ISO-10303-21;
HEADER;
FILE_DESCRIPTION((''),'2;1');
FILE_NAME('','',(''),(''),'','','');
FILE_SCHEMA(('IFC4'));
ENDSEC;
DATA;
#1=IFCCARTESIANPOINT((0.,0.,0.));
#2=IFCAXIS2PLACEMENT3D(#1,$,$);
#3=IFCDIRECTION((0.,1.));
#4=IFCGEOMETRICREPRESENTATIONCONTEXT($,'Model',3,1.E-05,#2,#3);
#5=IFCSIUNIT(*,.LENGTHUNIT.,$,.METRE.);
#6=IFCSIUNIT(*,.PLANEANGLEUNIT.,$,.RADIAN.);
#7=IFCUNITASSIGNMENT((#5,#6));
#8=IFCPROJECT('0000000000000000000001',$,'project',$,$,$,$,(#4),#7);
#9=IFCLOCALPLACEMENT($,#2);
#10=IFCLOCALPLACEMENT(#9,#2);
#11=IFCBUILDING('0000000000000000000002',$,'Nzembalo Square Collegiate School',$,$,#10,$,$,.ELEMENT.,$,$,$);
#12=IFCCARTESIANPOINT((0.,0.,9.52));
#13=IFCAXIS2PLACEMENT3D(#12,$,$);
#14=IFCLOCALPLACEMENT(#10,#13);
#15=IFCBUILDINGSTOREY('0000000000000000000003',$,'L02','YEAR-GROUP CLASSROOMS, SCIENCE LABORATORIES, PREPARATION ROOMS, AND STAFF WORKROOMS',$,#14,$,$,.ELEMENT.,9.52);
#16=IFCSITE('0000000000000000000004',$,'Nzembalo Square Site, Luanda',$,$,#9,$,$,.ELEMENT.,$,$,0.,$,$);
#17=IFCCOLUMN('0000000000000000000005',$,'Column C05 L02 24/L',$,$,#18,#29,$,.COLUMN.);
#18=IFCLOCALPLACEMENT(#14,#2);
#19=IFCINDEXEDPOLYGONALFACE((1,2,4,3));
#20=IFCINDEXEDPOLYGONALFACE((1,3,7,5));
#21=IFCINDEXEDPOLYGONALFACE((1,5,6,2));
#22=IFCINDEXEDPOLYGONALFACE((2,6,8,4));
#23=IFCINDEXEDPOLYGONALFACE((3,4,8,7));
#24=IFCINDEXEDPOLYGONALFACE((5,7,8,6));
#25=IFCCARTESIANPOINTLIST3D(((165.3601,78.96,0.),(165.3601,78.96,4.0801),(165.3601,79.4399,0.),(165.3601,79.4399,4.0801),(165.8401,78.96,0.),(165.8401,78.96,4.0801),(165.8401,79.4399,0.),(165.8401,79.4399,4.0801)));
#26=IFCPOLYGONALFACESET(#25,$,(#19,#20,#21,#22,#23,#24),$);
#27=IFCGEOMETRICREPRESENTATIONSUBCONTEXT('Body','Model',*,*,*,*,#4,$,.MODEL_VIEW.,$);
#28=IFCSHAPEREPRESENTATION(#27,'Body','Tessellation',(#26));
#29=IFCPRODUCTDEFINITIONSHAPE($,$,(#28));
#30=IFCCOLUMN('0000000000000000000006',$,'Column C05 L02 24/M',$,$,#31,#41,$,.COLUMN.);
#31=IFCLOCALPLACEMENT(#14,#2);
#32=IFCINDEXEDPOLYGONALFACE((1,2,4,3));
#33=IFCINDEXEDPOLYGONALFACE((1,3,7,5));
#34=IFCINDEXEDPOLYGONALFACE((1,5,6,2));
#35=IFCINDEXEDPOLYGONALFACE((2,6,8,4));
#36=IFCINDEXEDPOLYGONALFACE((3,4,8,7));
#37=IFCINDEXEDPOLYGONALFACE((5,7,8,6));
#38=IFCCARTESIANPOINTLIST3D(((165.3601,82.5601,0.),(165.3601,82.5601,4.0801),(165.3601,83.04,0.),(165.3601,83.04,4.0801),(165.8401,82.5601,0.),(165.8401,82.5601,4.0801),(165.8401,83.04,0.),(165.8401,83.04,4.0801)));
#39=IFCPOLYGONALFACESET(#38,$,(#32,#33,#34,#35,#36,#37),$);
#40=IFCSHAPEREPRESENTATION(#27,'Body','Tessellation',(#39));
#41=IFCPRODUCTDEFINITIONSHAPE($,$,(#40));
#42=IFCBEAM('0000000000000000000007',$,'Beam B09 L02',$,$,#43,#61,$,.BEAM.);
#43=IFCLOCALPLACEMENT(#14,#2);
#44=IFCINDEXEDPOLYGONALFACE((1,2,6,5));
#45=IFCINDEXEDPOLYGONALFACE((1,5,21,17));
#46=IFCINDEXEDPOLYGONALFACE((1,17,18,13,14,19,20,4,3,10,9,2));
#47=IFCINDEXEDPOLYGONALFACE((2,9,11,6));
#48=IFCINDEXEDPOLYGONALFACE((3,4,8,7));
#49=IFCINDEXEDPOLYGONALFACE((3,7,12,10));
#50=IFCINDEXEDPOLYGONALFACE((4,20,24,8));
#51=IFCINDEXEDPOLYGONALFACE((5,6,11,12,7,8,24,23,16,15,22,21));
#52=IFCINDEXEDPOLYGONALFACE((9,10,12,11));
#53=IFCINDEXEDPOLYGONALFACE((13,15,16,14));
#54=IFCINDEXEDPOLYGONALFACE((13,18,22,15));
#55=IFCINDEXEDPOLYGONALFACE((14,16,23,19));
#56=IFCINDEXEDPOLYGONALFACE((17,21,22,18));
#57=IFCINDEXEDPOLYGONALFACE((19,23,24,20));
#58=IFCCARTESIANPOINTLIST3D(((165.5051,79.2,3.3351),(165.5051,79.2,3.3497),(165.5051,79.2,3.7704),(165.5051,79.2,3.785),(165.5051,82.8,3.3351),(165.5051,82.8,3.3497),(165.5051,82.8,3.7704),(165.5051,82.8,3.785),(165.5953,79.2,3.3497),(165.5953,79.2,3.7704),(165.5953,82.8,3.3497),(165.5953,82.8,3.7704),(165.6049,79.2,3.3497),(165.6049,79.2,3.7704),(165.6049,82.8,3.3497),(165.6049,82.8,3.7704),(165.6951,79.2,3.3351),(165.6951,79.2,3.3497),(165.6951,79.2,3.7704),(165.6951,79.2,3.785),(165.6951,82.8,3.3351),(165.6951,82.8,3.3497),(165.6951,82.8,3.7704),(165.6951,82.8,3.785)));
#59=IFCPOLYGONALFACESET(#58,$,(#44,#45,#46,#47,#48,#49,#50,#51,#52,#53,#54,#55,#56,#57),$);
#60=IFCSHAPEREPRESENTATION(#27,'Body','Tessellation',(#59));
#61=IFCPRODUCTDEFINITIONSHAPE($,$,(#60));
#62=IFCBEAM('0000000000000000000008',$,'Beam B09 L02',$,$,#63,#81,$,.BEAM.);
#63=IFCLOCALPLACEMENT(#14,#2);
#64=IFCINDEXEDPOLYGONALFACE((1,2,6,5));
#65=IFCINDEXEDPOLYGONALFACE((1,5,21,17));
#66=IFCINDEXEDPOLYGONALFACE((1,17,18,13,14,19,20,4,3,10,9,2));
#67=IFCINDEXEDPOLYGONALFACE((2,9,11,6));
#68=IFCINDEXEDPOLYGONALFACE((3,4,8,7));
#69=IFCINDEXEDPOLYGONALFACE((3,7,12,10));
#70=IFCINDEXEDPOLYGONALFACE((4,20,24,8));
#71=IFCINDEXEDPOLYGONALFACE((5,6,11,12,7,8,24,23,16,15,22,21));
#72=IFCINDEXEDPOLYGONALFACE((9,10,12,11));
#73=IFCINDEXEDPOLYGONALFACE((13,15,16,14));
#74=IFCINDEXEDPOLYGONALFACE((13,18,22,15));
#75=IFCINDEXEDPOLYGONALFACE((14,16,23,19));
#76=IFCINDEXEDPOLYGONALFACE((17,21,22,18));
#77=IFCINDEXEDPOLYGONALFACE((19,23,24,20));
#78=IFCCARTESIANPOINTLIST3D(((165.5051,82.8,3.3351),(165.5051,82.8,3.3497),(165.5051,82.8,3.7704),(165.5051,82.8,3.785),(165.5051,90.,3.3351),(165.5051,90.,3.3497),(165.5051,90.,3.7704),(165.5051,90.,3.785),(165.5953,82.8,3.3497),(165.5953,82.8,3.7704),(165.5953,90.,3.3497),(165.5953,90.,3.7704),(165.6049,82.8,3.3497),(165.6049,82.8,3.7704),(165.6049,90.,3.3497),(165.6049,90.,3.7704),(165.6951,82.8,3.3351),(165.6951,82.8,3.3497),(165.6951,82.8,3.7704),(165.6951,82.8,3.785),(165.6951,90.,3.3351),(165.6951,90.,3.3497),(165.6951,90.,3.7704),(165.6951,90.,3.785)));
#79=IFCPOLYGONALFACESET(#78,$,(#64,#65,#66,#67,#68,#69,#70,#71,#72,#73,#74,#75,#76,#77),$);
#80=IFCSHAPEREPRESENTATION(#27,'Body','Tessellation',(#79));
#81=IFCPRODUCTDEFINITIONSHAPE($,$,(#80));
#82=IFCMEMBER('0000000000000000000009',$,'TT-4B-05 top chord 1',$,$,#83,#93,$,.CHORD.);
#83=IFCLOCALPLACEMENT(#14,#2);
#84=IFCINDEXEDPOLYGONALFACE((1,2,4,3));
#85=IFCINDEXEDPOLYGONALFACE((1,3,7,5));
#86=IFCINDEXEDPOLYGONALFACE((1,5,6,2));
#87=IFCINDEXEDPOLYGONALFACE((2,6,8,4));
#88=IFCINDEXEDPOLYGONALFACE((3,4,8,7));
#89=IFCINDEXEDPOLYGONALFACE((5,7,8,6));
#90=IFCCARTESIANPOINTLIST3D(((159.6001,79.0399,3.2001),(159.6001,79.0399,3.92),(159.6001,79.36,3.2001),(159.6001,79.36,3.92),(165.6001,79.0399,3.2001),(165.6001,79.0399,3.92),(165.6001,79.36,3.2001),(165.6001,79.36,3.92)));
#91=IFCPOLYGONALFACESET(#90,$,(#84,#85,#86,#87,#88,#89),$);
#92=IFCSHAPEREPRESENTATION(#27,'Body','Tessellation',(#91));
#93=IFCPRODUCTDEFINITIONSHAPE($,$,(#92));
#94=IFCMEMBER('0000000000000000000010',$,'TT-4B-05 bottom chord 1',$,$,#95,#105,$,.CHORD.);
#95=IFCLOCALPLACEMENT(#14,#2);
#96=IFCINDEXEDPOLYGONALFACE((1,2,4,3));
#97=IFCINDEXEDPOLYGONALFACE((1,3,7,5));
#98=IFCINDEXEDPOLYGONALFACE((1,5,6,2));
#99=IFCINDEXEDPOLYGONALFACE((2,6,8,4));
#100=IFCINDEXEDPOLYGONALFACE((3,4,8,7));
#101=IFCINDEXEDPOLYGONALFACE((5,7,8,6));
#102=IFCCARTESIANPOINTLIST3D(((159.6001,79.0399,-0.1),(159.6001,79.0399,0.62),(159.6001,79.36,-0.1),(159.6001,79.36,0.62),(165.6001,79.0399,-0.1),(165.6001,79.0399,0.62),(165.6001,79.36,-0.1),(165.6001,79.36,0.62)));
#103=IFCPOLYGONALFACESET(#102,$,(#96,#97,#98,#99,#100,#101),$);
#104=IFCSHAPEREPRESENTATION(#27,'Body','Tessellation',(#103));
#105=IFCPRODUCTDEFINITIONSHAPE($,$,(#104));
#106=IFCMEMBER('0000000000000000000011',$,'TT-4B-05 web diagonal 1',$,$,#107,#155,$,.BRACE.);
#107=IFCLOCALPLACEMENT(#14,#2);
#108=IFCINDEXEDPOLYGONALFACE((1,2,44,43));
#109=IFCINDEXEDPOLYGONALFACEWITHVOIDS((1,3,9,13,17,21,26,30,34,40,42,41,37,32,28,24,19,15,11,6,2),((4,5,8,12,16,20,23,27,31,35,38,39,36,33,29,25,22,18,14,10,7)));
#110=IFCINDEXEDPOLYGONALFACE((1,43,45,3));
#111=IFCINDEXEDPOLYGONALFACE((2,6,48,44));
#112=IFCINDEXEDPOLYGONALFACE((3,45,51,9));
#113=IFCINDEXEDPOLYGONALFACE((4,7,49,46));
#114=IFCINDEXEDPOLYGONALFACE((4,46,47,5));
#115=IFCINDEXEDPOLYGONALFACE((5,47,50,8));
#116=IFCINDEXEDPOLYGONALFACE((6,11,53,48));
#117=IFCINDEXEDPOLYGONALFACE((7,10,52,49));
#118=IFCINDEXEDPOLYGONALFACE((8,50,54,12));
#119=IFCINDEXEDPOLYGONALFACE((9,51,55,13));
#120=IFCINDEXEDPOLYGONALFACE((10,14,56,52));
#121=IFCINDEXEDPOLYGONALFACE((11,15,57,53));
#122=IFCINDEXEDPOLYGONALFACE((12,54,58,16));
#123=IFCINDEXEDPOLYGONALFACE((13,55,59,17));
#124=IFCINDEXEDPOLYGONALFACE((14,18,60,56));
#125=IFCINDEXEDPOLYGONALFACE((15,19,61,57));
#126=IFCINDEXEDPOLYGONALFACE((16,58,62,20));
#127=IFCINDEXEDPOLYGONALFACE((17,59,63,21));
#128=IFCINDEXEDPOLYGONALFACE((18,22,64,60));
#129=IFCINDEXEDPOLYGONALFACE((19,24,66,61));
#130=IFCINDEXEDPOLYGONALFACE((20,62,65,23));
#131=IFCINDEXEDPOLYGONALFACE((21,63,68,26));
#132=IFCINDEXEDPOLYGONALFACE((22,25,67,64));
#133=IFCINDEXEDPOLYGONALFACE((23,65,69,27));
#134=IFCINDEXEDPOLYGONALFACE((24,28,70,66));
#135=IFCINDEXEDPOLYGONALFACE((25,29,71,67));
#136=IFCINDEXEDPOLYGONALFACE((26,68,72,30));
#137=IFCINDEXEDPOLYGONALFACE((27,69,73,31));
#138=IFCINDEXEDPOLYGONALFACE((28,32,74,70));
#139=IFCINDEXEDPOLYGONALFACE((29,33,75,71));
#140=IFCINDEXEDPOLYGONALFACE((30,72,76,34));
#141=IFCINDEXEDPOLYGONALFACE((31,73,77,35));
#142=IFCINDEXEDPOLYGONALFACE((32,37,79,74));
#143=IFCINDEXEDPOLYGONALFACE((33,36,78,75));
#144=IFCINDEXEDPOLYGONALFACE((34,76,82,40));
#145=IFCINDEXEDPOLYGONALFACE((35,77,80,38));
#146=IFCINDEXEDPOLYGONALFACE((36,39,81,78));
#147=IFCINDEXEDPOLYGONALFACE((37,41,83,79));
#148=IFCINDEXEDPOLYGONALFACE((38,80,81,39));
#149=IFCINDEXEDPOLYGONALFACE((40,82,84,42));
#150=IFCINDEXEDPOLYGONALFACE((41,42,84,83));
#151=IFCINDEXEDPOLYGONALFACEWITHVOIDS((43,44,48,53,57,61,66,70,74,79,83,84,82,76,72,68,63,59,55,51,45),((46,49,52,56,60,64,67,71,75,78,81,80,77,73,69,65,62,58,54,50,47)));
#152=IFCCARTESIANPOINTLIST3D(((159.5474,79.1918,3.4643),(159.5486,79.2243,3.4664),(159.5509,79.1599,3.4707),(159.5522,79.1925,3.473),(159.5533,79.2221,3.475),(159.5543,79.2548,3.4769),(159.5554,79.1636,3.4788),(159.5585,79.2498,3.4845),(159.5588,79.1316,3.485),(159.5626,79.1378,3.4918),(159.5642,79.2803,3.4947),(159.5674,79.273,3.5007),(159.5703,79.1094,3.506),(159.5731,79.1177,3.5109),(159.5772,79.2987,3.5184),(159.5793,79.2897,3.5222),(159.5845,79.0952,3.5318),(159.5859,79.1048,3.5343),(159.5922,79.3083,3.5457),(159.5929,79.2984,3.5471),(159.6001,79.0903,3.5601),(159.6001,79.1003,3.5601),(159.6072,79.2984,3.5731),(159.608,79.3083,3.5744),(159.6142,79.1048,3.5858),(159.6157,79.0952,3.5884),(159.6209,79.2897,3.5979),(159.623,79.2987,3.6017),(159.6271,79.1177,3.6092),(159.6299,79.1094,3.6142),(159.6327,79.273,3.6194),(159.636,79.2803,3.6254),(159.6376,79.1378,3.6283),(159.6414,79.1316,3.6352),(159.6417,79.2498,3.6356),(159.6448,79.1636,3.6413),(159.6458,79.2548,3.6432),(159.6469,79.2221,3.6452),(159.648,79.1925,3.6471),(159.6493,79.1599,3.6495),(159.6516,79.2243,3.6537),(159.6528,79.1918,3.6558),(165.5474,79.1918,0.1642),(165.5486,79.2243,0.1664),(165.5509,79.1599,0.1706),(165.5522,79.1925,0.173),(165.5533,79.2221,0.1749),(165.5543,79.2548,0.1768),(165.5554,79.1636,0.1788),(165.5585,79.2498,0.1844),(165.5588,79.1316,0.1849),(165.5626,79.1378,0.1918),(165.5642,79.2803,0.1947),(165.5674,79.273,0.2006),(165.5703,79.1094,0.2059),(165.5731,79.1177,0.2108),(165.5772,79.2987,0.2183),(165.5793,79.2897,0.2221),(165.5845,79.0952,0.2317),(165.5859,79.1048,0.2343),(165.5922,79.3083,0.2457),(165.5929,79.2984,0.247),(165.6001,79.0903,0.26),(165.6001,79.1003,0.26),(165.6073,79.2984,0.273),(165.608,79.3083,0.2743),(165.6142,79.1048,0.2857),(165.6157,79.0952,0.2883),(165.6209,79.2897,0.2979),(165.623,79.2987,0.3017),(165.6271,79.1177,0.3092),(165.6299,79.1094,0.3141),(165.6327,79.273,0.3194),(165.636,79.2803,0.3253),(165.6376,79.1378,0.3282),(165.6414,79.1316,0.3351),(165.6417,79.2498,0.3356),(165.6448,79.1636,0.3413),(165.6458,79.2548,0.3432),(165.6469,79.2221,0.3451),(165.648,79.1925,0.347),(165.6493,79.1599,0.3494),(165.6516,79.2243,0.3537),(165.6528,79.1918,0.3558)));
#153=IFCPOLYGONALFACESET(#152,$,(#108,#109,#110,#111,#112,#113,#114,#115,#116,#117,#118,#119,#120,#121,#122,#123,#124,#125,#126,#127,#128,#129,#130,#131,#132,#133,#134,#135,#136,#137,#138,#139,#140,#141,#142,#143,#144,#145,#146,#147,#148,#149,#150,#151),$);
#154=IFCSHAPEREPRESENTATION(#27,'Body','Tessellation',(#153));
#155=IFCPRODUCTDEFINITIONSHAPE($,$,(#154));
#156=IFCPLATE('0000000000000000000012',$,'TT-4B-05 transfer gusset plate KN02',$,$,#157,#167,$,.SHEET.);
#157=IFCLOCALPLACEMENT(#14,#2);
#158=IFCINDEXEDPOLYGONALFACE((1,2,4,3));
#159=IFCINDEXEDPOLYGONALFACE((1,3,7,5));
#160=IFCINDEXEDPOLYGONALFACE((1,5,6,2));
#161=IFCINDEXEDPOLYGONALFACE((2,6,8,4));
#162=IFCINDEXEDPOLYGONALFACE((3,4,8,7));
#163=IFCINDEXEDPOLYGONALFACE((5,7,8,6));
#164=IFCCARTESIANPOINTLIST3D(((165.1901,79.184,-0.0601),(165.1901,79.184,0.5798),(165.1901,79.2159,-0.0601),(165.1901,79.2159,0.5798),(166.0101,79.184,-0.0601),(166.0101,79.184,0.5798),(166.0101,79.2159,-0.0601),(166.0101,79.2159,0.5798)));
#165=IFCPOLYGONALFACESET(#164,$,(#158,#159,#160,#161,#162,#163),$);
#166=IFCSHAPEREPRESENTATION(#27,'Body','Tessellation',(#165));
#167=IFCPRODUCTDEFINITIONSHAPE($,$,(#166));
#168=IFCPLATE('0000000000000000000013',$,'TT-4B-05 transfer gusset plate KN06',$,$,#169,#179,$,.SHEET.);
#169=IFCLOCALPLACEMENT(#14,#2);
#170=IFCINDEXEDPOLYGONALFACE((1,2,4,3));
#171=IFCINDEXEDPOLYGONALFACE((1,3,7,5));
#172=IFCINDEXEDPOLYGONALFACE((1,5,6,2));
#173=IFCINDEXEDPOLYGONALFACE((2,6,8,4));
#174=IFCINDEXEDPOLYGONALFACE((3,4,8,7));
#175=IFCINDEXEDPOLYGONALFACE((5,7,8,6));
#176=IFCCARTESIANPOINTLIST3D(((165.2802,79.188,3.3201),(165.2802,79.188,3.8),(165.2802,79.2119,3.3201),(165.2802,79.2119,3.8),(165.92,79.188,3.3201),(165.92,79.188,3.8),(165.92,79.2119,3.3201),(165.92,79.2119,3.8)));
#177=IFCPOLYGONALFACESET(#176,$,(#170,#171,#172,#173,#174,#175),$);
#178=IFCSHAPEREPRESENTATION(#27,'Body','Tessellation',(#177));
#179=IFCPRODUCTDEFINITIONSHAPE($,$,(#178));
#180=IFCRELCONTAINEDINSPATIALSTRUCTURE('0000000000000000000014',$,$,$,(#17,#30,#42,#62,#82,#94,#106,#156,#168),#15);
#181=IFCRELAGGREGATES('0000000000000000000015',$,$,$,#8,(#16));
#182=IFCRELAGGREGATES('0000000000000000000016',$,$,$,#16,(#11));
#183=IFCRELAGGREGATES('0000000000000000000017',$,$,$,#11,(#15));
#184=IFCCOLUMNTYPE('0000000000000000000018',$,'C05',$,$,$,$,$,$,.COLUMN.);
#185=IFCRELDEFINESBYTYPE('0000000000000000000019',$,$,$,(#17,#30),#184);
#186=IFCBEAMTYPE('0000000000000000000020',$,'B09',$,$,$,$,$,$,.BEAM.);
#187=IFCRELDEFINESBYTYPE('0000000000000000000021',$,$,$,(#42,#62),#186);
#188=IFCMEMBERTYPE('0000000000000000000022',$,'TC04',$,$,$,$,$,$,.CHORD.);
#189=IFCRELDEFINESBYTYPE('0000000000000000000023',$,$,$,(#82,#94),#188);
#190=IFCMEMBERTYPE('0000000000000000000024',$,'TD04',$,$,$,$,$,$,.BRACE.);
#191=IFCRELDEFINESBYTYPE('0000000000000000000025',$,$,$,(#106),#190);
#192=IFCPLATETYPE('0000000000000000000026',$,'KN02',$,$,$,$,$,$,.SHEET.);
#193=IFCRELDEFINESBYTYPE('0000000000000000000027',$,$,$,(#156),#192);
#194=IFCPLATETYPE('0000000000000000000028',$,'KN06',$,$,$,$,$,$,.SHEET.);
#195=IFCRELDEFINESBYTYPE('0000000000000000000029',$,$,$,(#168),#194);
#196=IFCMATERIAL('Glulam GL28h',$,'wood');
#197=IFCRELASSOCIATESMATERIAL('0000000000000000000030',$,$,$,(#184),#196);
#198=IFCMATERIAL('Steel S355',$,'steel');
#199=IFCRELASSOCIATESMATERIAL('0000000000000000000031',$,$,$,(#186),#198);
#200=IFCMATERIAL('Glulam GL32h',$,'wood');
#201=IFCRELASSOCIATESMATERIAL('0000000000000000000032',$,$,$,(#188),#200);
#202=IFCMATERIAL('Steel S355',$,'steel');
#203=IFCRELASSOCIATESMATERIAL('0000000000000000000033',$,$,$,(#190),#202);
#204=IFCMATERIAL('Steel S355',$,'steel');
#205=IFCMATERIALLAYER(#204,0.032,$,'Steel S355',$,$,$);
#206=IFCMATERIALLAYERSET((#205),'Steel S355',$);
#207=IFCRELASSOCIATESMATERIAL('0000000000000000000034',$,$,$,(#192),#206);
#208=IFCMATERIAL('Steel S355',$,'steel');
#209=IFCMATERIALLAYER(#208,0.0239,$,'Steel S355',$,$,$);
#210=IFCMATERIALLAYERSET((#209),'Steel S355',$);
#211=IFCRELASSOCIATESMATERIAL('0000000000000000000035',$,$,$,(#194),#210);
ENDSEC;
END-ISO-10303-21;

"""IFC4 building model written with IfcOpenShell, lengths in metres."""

from ifc_helpers import new_model, si_unit, direction, frame, origin, origin_2d, place, context, subcontext, project, spatial, rectangle, hollow_circle, i_section, extrude, material, layer, layer_set, material_profile, profile_set, type_object, element, save


model = new_model("IFC4")

# Units and contexts
model_context = context("Model", 3, precision=1e-05, world=origin(), true_north=direction((0.0, 1.0)))
body_context = subcontext(model_context, "Body", "Model", "MODEL_VIEW")
ifc_project = project(units=[si_unit("LENGTHUNIT", "METRE"), si_unit("PLANEANGLEUNIT", "RADIAN")], contexts=[model_context])

# Site, building, storey
site_placement = place(None, origin())
site = spatial("IfcSite", under=ifc_project, at=site_placement, Name="Nzembalo Square Site, Luanda", CompositionType="ELEMENT", RefElevation=0.0)
building_placement = place(site_placement, origin())
building = spatial("IfcBuilding", under=site, at=building_placement, Name="Nzembalo Square Collegiate School", CompositionType="ELEMENT")
storey_placement = place(building_placement, frame((0.0, 0.0, 9.52)))
storey = spatial("IfcBuildingStorey", under=building, at=storey_placement, Name="L02", Description="YEAR-GROUP CLASSROOMS, SCIENCE LABORATORIES, PREPARATION ROOMS, AND STAFF WORKROOMS", CompositionType="ELEMENT", Elevation=9.52)

# Columns
ifc_material_1 = material(Name="Glulam GL28h", Category="wood")
ifc_material_profile_1 = material_profile(ifc_material_1, rectangle(XDim=0.48, YDim=0.48, at=origin_2d()), Name="GL28h 480x480")
ifc_profile_set_1 = profile_set([ifc_material_profile_1], Name="Glulam GL28h")
column_type = type_object("IfcColumnType", Name="C05", PredefinedType="COLUMN", material=ifc_profile_set_1)
for number, where, z_axis, x_axis, name in (
    (1, (165.6001, 79.2, 0.0), (0.0, 0.0, 1.0), (1.0, 0.0, 0.0), "Column C05 L02 24/L"),
    (2, (165.6001, 82.8, 0.0), (0.0, 0.0, 1.0), (1.0, 0.0, 0.0), "Column C05 L02 24/M"),
):
    element("IfcColumn", number, at=place(storey_placement, frame(where, z_axis=z_axis, x_axis=x_axis)), inside=storey, type_object=column_type, Name=name, PredefinedType="COLUMN", context=body_context, shape_type="SweptSolid", body=[
        extrude(rectangle(XDim=0.48, YDim=0.48, at=origin_2d()), origin(), (0.0, 0.0, 1.0), 4.0801),
    ])

# Beams
ifc_material_2 = material(Name="Steel S355", Category="steel")
ifc_material_profile_2 = material_profile(ifc_material_2, i_section(OverallWidth=0.1899, OverallDepth=0.45, WebThickness=0.0095, FlangeThickness=0.0146, at=origin_2d()), Name="IPE 450")
ifc_profile_set_2 = profile_set([ifc_material_profile_2], Name="Steel S355")
beam_type = type_object("IfcBeamType", Name="B09", PredefinedType="BEAM", material=ifc_profile_set_2)
beam_1_placement = place(storey_placement, frame((165.6001, 79.2, 3.5601), z_axis=(0.0, 1.0, 0.0), x_axis=(-1.0, 0.0, 0.0)))
element("IfcBeam", 3, at=beam_1_placement, inside=storey, type_object=beam_type, Name="Beam B09 L02", PredefinedType="BEAM", context=body_context, shape_type="SweptSolid", body=[
    extrude(i_section(OverallWidth=0.1899, OverallDepth=0.45, WebThickness=0.0095, FlangeThickness=0.0146, at=origin_2d()), origin(), (0.0, 0.0, 1.0), 3.6001),
])
beam_2_placement = place(storey_placement, frame((165.6001, 82.8, 3.5601), z_axis=(0.0, 1.0, 0.0), x_axis=(-1.0, 0.0, 0.0)))
element("IfcBeam", 4, at=beam_2_placement, inside=storey, type_object=beam_type, Name="Beam B09 L02", PredefinedType="BEAM", context=body_context, shape_type="SweptSolid", body=[
    extrude(i_section(OverallWidth=0.1899, OverallDepth=0.45, WebThickness=0.0095, FlangeThickness=0.0146, at=origin_2d()), origin(), (0.0, 0.0, 1.0), 7.2),
])

# Members
ifc_material_3 = material(Name="Glulam GL32h", Category="wood")
ifc_material_profile_3 = material_profile(ifc_material_3, rectangle(XDim=0.3201, YDim=0.72, at=origin_2d()), Name="GL32h 320x720")
ifc_profile_set_3 = profile_set([ifc_material_profile_3], Name="Glulam GL32h")
member_type_1 = type_object("IfcMemberType", Name="TC04", PredefinedType="CHORD", material=ifc_profile_set_3)
for number, where, z_axis, x_axis, name in (
    (5, (165.6001, 79.2, 3.5601), (-1.0, 0.0, 0.0), (0.0, -1.0, 0.0), "TT-4B-05 top chord 1"),
    (6, (165.6001, 79.2, 0.26), (-1.0, 0.0, 0.0), (0.0, -1.0, 0.0), "TT-4B-05 bottom chord 1"),
):
    element("IfcMember", number, at=place(storey_placement, frame(where, z_axis=z_axis, x_axis=x_axis)), inside=storey, type_object=member_type_1, Name=name, PredefinedType="CHORD", context=body_context, shape_type="SweptSolid", body=[
        extrude(rectangle(XDim=0.3201, YDim=0.72, at=origin_2d()), origin(), (0.0, 0.0, 1.0), 6.0),
    ])
ifc_material_4 = material(Name="Steel S355", Category="steel")
ifc_material_profile_4 = material_profile(ifc_material_4, hollow_circle(Radius=0.1096, WallThickness=0.01, at=origin_2d()), Name="CHS 219x10")
ifc_profile_set_4 = profile_set([ifc_material_profile_4], Name="Steel S355")
member_type_2 = type_object("IfcMemberType", Name="TD04", PredefinedType="BRACE", material=ifc_profile_set_4)
member_placement = place(storey_placement, frame((165.6001, 79.2, 0.26), z_axis=(-0.876213, 0.0, 0.481924), x_axis=(0.0, -1.0, 0.0)))
element("IfcMember", 7, at=member_placement, inside=storey, type_object=member_type_2, Name="TT-4B-05 web diagonal 1", PredefinedType="BRACE", context=body_context, shape_type="SweptSolid", body=[
    extrude(hollow_circle(Radius=0.1096, WallThickness=0.01, at=origin_2d()), origin(), (0.0, 0.0, 1.0), 6.8477),
])

# Plates
ifc_material_5 = material(Name="Steel S355", Category="steel")
ifc_layer_1 = layer(ifc_material_5, 0.032, Name="Steel S355")
ifc_layer_set_1 = layer_set([ifc_layer_1], Name="Steel S355")
plate_type_1 = type_object("IfcPlateType", Name="KN02", PredefinedType="SHEET", material=ifc_layer_set_1)
plate_1_placement = place(storey_placement, frame((165.6001, 79.2, -0.0601), z_axis=(0.0, 0.0, 1.0), x_axis=(1.0, 0.0, 0.0)))
element("IfcPlate", 8, at=plate_1_placement, inside=storey, type_object=plate_type_1, Name="TT-4B-05 transfer gusset plate KN02", PredefinedType="SHEET", context=body_context, shape_type="SweptSolid", body=[
    extrude(rectangle(XDim=0.8201, YDim=0.032, at=origin_2d()), origin(), (0.0, 0.0, 1.0), 0.6399),
])
ifc_material_6 = material(Name="Steel S355", Category="steel")
ifc_layer_2 = layer(ifc_material_6, 0.0239, Name="Steel S355")
ifc_layer_set_2 = layer_set([ifc_layer_2], Name="Steel S355")
plate_type_2 = type_object("IfcPlateType", Name="KN06", PredefinedType="SHEET", material=ifc_layer_set_2)
plate_2_placement = place(storey_placement, frame((165.6001, 79.2, 3.3201), z_axis=(0.0, 0.0, 1.0), x_axis=(1.0, 0.0, 0.0)))
element("IfcPlate", 9, at=plate_2_placement, inside=storey, type_object=plate_type_2, Name="TT-4B-05 transfer gusset plate KN06", PredefinedType="SHEET", context=body_context, shape_type="SweptSolid", body=[
    extrude(rectangle(XDim=0.6399, YDim=0.0239, at=origin_2d()), origin(), (0.0, 0.0, 1.0), 0.48),
])

save(model, "model.ifc")
